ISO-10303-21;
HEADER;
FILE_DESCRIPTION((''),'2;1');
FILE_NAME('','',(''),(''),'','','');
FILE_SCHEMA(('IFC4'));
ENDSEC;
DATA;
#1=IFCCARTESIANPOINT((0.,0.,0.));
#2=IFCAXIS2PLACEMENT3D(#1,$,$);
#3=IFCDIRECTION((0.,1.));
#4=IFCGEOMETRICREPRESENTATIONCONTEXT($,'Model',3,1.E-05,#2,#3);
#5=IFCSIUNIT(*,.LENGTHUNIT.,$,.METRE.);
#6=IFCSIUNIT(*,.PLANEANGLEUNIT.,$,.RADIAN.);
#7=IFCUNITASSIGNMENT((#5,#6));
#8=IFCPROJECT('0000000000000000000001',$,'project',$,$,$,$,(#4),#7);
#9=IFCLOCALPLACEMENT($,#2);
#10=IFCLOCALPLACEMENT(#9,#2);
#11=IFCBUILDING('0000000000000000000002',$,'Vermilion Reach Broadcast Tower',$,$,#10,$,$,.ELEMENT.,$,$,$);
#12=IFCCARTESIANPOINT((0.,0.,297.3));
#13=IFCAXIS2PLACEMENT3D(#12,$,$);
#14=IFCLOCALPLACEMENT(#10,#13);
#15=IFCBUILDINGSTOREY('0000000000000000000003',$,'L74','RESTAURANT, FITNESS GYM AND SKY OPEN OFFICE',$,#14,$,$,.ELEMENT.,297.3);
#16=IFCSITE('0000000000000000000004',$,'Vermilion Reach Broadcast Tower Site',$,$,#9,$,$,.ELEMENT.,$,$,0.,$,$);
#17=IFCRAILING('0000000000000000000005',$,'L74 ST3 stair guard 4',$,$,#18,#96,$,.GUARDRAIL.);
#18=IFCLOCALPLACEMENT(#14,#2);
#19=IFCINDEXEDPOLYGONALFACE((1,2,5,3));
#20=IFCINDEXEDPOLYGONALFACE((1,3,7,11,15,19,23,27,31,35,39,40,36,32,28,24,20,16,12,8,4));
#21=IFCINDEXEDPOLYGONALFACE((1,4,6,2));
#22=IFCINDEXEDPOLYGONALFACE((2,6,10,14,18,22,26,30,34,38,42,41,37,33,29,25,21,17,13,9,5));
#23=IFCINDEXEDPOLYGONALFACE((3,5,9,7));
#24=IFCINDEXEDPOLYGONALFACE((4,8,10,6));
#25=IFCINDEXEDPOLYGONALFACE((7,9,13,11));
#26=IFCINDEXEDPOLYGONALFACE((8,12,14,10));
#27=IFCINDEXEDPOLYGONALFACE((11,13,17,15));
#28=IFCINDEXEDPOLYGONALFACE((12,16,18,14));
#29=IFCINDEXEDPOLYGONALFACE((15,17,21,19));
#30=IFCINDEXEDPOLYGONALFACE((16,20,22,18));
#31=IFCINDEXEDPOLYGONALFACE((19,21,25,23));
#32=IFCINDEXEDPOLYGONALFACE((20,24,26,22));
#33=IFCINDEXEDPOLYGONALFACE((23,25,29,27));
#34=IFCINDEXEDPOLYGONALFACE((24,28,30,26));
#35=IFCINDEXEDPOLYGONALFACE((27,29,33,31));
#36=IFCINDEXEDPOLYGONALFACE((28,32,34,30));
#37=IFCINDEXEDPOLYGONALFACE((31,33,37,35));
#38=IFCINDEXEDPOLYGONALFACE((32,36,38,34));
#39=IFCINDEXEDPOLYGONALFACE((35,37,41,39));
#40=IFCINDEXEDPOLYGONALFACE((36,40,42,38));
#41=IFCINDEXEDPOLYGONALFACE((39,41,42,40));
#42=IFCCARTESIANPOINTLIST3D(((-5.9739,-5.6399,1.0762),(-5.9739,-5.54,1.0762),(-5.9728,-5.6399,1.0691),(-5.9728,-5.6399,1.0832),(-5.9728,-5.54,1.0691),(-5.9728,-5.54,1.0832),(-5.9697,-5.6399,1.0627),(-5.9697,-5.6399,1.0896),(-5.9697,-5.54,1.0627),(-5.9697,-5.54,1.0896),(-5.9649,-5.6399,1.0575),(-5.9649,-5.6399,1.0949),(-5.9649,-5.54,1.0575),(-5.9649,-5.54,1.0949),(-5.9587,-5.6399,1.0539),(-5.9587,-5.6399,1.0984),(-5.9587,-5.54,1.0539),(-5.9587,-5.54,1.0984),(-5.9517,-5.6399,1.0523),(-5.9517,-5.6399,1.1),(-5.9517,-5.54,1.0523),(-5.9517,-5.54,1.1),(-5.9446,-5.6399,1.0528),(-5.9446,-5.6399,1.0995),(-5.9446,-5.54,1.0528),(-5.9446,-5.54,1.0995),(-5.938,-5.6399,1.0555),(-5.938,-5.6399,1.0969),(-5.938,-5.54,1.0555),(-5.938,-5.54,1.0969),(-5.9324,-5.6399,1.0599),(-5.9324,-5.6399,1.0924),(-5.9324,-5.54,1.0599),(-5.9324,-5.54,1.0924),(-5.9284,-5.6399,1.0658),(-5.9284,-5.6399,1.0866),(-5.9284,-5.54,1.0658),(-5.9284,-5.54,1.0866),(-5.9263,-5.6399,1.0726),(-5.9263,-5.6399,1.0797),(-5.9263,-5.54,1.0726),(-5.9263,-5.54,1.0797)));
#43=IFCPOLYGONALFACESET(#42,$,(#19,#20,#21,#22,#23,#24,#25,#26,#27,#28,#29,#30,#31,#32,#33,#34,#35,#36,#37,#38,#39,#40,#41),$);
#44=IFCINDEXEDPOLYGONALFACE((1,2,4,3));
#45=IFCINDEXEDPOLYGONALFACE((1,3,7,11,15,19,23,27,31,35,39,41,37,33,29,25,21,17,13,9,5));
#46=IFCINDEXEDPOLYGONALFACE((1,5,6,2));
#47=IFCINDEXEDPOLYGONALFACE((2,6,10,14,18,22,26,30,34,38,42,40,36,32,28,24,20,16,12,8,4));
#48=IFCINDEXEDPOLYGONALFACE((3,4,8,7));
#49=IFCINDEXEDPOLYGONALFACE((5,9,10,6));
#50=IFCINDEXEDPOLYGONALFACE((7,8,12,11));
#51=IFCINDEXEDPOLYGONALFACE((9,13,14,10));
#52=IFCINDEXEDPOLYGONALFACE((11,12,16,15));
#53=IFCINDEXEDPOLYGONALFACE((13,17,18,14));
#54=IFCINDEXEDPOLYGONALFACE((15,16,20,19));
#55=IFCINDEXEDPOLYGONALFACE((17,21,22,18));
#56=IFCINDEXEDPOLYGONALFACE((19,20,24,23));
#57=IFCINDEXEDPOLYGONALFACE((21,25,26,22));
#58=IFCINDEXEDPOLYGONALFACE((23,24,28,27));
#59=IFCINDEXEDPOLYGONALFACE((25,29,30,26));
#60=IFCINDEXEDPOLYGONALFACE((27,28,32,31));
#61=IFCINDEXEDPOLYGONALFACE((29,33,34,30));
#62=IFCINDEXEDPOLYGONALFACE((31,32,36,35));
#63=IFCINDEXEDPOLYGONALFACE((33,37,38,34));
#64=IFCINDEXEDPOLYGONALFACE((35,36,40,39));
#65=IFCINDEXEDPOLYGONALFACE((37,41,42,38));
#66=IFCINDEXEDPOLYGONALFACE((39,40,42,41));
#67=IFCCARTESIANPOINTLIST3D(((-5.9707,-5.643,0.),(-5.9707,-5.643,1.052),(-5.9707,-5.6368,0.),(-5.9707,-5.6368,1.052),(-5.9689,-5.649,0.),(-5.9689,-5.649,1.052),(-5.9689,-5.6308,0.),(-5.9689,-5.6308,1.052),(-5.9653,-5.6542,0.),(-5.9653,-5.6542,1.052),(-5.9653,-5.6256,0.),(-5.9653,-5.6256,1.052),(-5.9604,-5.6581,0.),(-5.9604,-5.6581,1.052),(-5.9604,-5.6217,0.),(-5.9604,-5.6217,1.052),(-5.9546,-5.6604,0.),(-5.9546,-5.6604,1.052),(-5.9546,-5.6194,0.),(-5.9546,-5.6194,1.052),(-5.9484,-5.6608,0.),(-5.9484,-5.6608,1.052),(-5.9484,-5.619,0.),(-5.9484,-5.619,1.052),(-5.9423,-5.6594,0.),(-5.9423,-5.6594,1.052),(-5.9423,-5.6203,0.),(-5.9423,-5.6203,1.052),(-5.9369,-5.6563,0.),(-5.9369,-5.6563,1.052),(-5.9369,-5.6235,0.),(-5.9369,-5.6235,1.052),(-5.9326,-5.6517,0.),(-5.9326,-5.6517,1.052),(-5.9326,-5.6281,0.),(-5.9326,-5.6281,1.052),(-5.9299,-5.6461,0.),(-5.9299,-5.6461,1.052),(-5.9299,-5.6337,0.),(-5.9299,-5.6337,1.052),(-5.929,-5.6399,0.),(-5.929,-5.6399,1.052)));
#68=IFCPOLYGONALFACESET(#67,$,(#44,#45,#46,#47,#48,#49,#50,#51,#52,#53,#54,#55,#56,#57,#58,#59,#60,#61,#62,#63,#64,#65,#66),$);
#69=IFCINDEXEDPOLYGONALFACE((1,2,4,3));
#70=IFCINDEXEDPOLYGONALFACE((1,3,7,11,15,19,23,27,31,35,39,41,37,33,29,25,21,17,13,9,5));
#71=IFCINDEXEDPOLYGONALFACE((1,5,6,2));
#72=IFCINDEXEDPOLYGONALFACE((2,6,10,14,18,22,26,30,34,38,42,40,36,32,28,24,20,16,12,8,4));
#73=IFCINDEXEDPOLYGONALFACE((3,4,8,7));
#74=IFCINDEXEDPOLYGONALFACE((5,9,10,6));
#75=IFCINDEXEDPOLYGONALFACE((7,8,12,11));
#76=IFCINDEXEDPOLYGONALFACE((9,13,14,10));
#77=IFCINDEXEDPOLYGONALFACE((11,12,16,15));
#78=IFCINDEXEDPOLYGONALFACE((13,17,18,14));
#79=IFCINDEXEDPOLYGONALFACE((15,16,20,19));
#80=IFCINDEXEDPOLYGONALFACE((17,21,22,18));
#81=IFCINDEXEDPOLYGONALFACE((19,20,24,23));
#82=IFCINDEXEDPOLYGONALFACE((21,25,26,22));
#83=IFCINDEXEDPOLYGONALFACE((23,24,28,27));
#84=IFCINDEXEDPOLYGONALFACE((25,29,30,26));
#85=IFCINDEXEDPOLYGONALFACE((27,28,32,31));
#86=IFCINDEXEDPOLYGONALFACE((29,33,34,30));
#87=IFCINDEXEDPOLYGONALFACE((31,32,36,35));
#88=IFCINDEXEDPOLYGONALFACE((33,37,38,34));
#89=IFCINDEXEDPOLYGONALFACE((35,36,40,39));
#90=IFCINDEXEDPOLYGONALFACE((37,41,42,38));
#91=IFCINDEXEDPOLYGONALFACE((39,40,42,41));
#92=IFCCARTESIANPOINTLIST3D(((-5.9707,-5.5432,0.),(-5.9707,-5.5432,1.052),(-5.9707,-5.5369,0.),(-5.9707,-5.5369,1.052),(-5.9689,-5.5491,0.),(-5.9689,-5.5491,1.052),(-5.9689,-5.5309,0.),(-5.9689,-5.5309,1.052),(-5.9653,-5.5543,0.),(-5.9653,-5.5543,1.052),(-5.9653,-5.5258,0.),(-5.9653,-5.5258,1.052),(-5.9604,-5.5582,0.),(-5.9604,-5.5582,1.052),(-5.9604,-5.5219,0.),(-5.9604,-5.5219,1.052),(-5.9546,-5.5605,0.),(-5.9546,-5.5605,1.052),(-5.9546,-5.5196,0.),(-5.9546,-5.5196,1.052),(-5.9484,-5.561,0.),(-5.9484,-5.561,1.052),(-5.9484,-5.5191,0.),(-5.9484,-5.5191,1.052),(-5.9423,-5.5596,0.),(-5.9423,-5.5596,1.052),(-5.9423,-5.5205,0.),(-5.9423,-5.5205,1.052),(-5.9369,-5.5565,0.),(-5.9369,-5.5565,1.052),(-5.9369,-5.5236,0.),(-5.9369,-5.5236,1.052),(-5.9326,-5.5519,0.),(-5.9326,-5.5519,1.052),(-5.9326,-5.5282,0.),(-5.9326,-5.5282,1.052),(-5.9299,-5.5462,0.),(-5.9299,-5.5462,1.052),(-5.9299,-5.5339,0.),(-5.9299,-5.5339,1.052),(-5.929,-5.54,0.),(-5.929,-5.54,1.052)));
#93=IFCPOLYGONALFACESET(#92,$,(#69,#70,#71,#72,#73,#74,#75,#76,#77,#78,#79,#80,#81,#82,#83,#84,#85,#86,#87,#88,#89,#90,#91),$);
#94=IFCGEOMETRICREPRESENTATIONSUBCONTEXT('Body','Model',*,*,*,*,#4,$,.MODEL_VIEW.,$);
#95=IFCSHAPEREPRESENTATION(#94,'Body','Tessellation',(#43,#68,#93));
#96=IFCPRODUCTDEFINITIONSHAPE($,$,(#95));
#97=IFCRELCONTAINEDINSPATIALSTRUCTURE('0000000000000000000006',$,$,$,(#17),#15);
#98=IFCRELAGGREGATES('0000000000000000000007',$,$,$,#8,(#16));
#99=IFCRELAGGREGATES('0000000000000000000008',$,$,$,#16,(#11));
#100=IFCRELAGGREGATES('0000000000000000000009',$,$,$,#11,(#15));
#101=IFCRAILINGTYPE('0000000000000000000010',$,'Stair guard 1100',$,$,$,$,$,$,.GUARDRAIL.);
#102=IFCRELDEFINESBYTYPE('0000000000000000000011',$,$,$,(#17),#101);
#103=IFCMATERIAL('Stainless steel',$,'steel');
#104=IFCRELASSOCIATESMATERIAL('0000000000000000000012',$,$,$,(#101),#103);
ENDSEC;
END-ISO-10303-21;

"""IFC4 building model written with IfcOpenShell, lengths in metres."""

from ifc_helpers import new_model, si_unit, direction, frame, origin, origin_2d, place, context, subcontext, project, spatial, circle, extrude, material, type_object, element, save


model = new_model("IFC4")

# Units and contexts
model_context = context("Model", 3, precision=1e-05, world=origin(), true_north=direction((0.0, 1.0)))
body_context = subcontext(model_context, "Body", "Model", "MODEL_VIEW")
ifc_project = project(units=[si_unit("LENGTHUNIT", "METRE"), si_unit("PLANEANGLEUNIT", "RADIAN")], contexts=[model_context])

# Site, building, storey
site_placement = place(None, origin())
site = spatial("IfcSite", under=ifc_project, at=site_placement, Name="Vermilion Reach Broadcast Tower Site", CompositionType="ELEMENT", RefElevation=0.0)
building_placement = place(site_placement, origin())
building = spatial("IfcBuilding", under=site, at=building_placement, Name="Vermilion Reach Broadcast Tower", CompositionType="ELEMENT")
storey_placement = place(building_placement, frame((0.0, 0.0, 297.3)))
storey = spatial("IfcBuildingStorey", under=building, at=storey_placement, Name="L74", Description="RESTAURANT, FITNESS GYM AND SKY OPEN OFFICE", CompositionType="ELEMENT", Elevation=297.3)

# Railing
ifc_material_1 = material(Name="Stainless steel", Category="steel")
railing_type_1 = type_object("IfcRailingType", Name="Stair guard 1100", PredefinedType="GUARDRAIL", material=ifc_material_1)
railing_1_placement = place(storey_placement, frame((-5.95, -5.6399, 0.0)))
element("IfcRailing", 1, at=railing_1_placement, inside=storey, type_object=railing_type_1, Name="L74 ST3 stair guard 4", PredefinedType="GUARDRAIL", context=body_context, shape_type="SweptSolid", body=[
    extrude(circle(Radius=0.0239, at=origin_2d()), frame((0.0, 0.0, 1.0762), z_axis=(0.0, 1.0, 0.0), x_axis=(-1.0, 0.0, 0.0)), (0.0, 0.0, 1.0), 0.0999),
    extrude(circle(Radius=0.021, at=origin_2d()), origin(), (0.0, 0.0, 1.0), 1.052),
    extrude(circle(Radius=0.021, at=origin_2d()), frame((0.0, 0.0999, 0.0)), (0.0, 0.0, 1.0), 1.052),
])

save(model, "model.ifc")
